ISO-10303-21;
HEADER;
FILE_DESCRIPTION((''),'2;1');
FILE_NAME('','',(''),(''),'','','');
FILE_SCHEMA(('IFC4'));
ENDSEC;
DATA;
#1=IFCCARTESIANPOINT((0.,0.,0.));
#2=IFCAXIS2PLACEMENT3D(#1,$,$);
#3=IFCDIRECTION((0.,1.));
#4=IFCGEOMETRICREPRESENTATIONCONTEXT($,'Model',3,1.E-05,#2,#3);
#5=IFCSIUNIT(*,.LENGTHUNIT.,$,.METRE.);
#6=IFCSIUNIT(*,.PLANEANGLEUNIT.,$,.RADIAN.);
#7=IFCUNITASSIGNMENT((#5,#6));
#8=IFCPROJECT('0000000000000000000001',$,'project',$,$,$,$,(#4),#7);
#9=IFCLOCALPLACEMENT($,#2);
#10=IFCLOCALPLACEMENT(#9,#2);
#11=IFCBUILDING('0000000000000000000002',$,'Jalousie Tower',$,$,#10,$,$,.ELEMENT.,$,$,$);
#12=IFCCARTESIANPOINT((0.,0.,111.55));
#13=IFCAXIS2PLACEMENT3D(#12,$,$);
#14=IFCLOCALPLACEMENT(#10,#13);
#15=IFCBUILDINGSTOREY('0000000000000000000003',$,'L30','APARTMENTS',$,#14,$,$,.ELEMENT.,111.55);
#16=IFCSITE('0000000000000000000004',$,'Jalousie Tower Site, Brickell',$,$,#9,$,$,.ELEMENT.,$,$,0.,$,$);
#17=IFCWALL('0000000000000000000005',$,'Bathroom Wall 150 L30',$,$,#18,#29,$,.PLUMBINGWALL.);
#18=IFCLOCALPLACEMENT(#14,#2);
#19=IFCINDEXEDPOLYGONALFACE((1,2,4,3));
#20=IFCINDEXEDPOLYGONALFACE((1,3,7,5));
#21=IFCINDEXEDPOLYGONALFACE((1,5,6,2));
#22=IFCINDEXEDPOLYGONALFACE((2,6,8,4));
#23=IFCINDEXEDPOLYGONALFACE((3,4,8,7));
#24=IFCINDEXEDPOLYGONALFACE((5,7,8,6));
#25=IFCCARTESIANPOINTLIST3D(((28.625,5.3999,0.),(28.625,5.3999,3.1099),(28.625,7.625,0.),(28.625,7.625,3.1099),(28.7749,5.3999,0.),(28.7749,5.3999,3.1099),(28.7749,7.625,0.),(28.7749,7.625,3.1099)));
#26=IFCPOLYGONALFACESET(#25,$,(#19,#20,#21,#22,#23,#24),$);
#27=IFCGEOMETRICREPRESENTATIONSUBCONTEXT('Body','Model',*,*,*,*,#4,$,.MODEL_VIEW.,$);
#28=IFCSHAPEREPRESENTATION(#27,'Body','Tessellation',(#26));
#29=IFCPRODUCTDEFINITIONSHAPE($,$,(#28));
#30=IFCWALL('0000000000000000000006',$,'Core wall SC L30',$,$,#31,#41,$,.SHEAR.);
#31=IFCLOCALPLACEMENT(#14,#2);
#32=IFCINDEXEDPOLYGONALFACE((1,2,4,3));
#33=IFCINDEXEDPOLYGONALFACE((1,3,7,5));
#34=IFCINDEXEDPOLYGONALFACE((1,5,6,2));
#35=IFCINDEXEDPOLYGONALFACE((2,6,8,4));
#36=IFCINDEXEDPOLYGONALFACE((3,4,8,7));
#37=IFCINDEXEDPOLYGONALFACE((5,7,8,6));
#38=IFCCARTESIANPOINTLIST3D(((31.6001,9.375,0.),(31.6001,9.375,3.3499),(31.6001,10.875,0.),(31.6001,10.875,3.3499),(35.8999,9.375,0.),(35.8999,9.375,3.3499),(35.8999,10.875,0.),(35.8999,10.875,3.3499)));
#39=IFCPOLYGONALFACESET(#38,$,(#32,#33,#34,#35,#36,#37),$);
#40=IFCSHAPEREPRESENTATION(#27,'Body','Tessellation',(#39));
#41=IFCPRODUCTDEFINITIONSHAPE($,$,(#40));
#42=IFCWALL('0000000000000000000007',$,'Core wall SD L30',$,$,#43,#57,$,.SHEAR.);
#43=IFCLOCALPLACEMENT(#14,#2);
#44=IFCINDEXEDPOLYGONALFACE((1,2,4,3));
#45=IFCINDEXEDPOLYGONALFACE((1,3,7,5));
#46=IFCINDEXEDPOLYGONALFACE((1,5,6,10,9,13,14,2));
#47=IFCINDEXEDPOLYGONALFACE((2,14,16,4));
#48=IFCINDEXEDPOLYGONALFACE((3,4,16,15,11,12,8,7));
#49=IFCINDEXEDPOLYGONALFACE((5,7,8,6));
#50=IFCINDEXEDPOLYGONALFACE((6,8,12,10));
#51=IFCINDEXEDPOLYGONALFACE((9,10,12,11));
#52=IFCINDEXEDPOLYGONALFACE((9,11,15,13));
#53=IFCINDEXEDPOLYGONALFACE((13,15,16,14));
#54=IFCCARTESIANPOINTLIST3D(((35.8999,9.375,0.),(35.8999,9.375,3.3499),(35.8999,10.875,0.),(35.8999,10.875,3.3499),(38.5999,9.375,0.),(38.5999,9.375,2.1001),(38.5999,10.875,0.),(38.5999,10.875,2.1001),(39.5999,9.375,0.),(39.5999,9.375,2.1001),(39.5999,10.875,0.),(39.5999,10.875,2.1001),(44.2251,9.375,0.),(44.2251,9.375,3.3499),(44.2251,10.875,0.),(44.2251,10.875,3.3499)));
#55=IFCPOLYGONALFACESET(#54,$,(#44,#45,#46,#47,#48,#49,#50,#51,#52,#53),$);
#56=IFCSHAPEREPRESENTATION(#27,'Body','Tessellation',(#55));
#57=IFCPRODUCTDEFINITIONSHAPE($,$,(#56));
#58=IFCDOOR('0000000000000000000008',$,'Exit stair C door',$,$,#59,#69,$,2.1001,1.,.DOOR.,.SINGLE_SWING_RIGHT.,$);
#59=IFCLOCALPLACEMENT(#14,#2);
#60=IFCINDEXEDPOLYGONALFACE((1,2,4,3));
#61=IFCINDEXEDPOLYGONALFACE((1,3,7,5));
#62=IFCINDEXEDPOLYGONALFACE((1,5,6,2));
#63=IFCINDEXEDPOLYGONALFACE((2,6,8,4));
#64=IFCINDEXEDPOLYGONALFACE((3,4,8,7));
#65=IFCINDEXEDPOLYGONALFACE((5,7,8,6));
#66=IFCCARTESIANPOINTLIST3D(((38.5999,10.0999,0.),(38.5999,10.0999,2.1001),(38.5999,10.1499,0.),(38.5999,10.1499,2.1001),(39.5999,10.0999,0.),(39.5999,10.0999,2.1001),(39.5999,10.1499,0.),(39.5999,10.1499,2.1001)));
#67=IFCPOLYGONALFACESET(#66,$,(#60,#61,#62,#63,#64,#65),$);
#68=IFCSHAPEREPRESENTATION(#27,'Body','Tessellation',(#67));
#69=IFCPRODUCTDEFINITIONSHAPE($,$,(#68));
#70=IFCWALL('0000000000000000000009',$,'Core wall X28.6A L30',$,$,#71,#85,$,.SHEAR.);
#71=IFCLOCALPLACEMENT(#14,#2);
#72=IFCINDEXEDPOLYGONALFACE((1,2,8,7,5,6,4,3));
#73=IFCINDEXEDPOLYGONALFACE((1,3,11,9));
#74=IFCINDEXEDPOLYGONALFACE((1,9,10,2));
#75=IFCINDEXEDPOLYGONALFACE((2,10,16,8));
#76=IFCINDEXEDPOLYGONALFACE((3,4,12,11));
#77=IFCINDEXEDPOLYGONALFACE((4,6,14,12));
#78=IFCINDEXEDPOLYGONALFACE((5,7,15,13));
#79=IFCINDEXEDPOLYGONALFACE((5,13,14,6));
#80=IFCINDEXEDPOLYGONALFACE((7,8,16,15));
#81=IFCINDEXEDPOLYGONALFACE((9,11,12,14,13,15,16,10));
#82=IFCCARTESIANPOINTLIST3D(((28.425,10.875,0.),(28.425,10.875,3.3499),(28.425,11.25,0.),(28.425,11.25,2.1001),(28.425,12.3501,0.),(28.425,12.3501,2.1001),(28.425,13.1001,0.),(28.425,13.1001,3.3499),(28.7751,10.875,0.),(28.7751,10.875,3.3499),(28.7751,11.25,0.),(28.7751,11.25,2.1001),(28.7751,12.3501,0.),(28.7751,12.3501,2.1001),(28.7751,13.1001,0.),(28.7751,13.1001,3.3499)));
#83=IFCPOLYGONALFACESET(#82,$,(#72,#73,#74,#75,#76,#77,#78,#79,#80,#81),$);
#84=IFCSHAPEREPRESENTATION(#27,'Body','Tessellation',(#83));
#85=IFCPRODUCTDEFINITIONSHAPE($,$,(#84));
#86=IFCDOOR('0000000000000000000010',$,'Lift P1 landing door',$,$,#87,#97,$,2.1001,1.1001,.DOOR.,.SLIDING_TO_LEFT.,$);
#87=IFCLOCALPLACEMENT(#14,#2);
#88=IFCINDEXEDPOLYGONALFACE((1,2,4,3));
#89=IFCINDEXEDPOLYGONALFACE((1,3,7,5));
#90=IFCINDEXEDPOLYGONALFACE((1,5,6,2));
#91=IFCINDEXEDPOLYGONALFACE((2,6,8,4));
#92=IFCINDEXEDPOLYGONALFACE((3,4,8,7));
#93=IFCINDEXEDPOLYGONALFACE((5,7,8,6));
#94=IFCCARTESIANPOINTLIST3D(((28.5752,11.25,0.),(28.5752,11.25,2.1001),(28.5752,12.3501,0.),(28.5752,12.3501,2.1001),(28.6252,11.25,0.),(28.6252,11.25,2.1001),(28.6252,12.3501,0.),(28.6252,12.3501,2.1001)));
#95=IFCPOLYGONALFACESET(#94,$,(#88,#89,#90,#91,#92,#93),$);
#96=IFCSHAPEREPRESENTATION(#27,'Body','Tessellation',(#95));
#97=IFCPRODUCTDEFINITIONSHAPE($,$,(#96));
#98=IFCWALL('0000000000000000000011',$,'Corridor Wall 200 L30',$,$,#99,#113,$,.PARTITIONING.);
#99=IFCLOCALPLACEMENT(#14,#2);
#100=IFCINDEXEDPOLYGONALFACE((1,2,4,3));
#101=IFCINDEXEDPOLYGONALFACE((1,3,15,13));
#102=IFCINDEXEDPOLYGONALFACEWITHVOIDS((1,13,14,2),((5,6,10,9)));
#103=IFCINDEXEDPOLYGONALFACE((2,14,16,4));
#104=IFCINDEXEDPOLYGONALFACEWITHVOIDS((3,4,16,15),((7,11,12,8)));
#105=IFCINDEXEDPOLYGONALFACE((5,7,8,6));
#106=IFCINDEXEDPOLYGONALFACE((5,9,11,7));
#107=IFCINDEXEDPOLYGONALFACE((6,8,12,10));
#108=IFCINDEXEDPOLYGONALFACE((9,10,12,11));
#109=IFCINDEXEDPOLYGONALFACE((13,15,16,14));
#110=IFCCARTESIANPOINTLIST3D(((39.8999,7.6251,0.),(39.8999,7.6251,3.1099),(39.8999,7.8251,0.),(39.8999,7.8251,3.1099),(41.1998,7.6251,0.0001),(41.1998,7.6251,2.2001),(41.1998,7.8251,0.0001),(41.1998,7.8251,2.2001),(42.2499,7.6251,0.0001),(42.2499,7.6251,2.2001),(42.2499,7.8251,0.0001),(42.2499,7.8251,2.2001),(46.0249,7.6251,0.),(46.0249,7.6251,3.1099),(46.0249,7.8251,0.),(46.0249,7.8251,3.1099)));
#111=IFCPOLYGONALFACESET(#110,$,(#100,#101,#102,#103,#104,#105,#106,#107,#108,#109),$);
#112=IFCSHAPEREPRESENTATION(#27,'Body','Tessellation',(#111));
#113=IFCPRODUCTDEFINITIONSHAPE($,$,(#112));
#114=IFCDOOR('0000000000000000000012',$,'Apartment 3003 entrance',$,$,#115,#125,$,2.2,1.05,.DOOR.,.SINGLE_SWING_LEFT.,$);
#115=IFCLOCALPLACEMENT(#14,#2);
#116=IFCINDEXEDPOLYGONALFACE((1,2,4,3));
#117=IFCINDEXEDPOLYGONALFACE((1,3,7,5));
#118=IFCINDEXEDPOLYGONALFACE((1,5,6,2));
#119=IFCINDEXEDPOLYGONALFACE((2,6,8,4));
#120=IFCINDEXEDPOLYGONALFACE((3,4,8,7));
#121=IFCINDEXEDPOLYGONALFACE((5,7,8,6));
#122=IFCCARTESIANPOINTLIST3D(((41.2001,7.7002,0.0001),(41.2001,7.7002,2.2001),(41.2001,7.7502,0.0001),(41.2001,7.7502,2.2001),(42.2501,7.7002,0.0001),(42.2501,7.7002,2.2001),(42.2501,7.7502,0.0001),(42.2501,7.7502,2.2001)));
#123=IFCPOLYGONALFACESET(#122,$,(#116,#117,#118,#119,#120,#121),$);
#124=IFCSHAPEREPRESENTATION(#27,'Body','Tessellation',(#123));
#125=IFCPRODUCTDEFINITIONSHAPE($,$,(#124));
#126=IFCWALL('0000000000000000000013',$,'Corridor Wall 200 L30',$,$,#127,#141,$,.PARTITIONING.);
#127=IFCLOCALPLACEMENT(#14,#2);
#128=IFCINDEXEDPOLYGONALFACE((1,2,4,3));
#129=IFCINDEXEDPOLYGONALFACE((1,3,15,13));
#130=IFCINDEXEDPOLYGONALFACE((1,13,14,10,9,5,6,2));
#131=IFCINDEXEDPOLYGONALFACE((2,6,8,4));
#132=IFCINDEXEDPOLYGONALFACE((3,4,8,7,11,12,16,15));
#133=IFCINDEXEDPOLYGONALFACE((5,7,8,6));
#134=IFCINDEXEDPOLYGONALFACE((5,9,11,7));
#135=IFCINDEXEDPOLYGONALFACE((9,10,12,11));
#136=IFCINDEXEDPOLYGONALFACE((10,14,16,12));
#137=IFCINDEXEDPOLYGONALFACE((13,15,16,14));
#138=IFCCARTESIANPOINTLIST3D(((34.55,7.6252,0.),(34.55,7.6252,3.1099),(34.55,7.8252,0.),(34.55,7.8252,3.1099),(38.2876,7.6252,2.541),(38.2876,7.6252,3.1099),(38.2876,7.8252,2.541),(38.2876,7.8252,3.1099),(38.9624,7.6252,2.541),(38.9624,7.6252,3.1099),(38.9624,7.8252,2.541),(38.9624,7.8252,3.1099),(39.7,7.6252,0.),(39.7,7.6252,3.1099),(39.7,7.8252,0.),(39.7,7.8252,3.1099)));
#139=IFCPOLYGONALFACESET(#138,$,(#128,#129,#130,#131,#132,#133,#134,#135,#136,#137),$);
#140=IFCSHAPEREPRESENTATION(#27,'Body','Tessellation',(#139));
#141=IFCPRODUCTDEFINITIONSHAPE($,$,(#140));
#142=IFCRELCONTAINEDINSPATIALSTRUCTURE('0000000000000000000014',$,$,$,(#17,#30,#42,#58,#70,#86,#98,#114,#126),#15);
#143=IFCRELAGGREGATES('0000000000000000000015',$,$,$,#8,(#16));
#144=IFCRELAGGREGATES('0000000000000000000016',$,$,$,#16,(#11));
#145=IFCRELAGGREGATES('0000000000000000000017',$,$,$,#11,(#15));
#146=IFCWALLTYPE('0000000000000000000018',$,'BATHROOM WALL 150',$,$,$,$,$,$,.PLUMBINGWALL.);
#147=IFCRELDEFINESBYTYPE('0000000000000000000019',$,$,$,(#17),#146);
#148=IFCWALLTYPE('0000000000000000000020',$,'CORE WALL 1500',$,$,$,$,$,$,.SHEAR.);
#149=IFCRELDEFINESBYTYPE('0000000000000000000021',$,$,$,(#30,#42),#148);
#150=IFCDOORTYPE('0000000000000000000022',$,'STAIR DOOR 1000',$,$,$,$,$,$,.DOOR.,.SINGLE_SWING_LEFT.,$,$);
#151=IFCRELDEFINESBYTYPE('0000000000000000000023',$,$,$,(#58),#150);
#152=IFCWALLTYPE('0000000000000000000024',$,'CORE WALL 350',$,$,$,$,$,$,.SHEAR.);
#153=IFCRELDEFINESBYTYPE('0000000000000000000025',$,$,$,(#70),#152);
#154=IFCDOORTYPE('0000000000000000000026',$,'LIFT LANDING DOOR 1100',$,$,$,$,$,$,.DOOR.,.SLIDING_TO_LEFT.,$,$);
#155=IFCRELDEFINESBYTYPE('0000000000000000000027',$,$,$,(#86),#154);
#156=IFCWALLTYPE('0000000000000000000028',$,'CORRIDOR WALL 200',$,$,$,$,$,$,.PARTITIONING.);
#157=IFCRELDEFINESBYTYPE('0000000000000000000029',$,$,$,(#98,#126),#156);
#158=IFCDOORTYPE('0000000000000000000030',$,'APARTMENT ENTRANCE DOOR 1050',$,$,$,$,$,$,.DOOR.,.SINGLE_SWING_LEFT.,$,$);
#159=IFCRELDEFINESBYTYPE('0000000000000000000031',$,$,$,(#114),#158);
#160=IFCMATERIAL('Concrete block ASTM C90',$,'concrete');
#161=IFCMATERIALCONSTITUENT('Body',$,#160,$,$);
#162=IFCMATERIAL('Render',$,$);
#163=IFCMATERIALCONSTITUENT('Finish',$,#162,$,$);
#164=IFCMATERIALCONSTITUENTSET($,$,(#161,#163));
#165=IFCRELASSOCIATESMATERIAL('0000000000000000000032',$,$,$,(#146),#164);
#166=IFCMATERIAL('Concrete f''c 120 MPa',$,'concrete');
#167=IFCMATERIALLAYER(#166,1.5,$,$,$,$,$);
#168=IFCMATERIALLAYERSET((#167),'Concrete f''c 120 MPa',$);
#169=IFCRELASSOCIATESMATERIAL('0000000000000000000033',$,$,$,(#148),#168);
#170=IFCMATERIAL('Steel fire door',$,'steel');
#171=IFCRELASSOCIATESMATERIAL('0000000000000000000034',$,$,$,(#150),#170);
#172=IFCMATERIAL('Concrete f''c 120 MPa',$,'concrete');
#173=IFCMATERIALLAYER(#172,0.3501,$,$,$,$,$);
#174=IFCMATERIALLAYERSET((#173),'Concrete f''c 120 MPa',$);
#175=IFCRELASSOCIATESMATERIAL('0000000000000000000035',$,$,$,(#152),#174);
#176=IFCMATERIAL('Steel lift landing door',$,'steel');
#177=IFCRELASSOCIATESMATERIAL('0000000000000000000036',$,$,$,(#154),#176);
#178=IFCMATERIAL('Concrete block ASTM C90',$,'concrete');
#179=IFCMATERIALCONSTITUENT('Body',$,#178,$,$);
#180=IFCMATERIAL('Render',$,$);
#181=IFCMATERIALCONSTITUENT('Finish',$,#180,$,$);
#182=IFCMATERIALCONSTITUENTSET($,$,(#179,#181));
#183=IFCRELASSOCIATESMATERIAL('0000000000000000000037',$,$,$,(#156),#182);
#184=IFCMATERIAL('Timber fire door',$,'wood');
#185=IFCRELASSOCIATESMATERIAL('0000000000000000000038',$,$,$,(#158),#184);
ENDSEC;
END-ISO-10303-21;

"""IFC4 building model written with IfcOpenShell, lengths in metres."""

from ifc_helpers import new_model, si_unit, direction, frame, frame_2d, origin, place, context, subcontext, project, spatial, polyline, rectangle, outline, extrude, material, layer, layer_set, constituent, constituent_set, type_object, element, fill, save


model = new_model("IFC4")

# Units and contexts
model_context = context("Model", 3, precision=1e-05, world=origin(), true_north=direction((0.0, 1.0)))
body_context = subcontext(model_context, "Body", "Model", "MODEL_VIEW")
ifc_project = project(units=[si_unit("LENGTHUNIT", "METRE"), si_unit("PLANEANGLEUNIT", "RADIAN")], contexts=[model_context])

# Site, building, storey
site_placement = place(None, origin())
site = spatial("IfcSite", under=ifc_project, at=site_placement, Name="Jalousie Tower Site, Brickell", CompositionType="ELEMENT", RefElevation=0.0)
building_placement = place(site_placement, origin())
building = spatial("IfcBuilding", under=site, at=building_placement, Name="Jalousie Tower", CompositionType="ELEMENT")
storey_placement = place(building_placement, frame((0.0, 0.0, 111.55)))
storey = spatial("IfcBuildingStorey", under=building, at=storey_placement, Name="L30", Description="APARTMENTS", CompositionType="ELEMENT", Elevation=111.55)

# Walls
ifc_material_1 = material(Name="Concrete block ASTM C90", Category="concrete")
ifc_constituent_1 = constituent(ifc_material_1, Name="Body")
ifc_material_2 = material(Name="Render")
ifc_constituent_2 = constituent(ifc_material_2, Name="Finish")
ifc_constituent_set_1 = constituent_set(constituents=[ifc_constituent_1, ifc_constituent_2])
wall_type_1 = type_object("IfcWallType", Name="BATHROOM WALL 150", PredefinedType="PLUMBINGWALL", material=ifc_constituent_set_1)
wall_1_placement = place(storey_placement, frame((28.7, 5.3999, 0.0), z_axis=(0.0, 0.0, 1.0), x_axis=(0.0, 1.0, 0.0)))
element("IfcWall", 1, at=wall_1_placement, inside=storey, type_object=wall_type_1, Name="Bathroom Wall 150 L30", PredefinedType="PLUMBINGWALL", context=body_context, shape_type="SweptSolid", body=[
    extrude(rectangle(XDim=2.2251, YDim=0.1499, at=frame_2d((1.1125, 0.0))), origin(), (0.0, 0.0, 1.0), 3.1099),
])
ifc_material_3 = material(Name="Concrete f'c 120 MPa", Category="concrete")
ifc_layer_1 = layer(ifc_material_3, 1.5)
ifc_layer_set_1 = layer_set([ifc_layer_1], Name="Concrete f'c 120 MPa")
wall_type_2 = type_object("IfcWallType", Name="CORE WALL 1500", PredefinedType="SHEAR", material=ifc_layer_set_1)
wall_2_placement = place(storey_placement, frame((31.6001, 10.125, 0.0), z_axis=(0.0, 0.0, 1.0), x_axis=(1.0, 0.0, 0.0)))
element("IfcWall", 2, at=wall_2_placement, inside=storey, type_object=wall_type_2, Name="Core wall SC L30", PredefinedType="SHEAR", context=body_context, shape_type="SweptSolid", body=[
    extrude(rectangle(XDim=4.2998, YDim=1.5, at=frame_2d((2.1499, 0.0))), origin(), (0.0, 0.0, 1.0), 3.3499),
])

# Walls, openings, doors
wall_3_placement = place(storey_placement, frame((35.8999, 10.125, 0.0), z_axis=(0.0, 0.0, 1.0), x_axis=(1.0, 0.0, 0.0)))
wall_3 = element("IfcWall", 3, at=wall_3_placement, inside=storey, type_object=wall_type_2, Name="Core wall SD L30", PredefinedType="SHEAR", context=body_context, shape_type="SweptSolid", body=[
    extrude(rectangle(XDim=8.3252, YDim=1.5, at=frame_2d((4.1626, 0.0))), origin(), (0.0, 0.0, 1.0), 3.3499),
])
opening_1_placement = place(wall_3_placement, frame((2.7, 0.0, 0.0)))
opening_1 = element("IfcOpeningElement", 4, at=opening_1_placement, cuts=wall_3, PredefinedType="OPENING", context=body_context, shape_type="SweptSolid", body=[
    extrude(rectangle(XDim=1.0, YDim=2.1001, at=frame_2d((0.5, 1.05))), frame((0.0, 0.76, 0.0), z_axis=(0.0, -1.0, 0.0), x_axis=(1.0, 0.0, 0.0)), (0.0, 0.0, 1.0), 1.52),
])
ifc_material_4 = material(Name="Steel fire door", Category="steel")
door_type_1 = type_object("IfcDoorType", Name="STAIR DOOR 1000", OperationType="SINGLE_SWING_LEFT", PredefinedType="DOOR", material=ifc_material_4)
door_1_placement = place(opening_1_placement, origin())
door_1 = element("IfcDoor", 5, at=door_1_placement, inside=storey, type_object=door_type_1, Name="Exit stair C door", OperationType="SINGLE_SWING_RIGHT", OverallHeight=2.1001, OverallWidth=1.0, PredefinedType="DOOR", context=body_context, shape_type="SweptSolid", body=[
    extrude(rectangle(XDim=1.0, YDim=2.1001, at=frame_2d((0.5, 1.05))), frame((0.0, 0.0249, 0.0), z_axis=(0.0, -1.0, 0.0), x_axis=(1.0, 0.0, 0.0)), (0.0, 0.0, 1.0), 0.05),
])
fill(opening_1, door_1)
ifc_material_5 = material(Name="Concrete f'c 120 MPa", Category="concrete")
ifc_layer_2 = layer(ifc_material_5, 0.3501)
ifc_layer_set_2 = layer_set([ifc_layer_2], Name="Concrete f'c 120 MPa")
wall_type_3 = type_object("IfcWallType", Name="CORE WALL 350", PredefinedType="SHEAR", material=ifc_layer_set_2)
wall_4_placement = place(storey_placement, frame((28.6001, 10.875, 0.0), z_axis=(0.0, 0.0, 1.0), x_axis=(0.0, 1.0, 0.0)))
wall_4 = element("IfcWall", 6, at=wall_4_placement, inside=storey, type_object=wall_type_3, Name="Core wall X28.6A L30", PredefinedType="SHEAR", context=body_context, shape_type="SweptSolid", body=[
    extrude(rectangle(XDim=2.2251, YDim=0.3501, at=frame_2d((1.1125, 0.0))), origin(), (0.0, 0.0, 1.0), 3.3499),
])
opening_2_placement = place(wall_4_placement, frame((0.375, 0.0, 0.0)))
opening_2 = element("IfcOpeningElement", 7, at=opening_2_placement, cuts=wall_4, PredefinedType="OPENING", context=body_context, shape_type="SweptSolid", body=[
    extrude(rectangle(XDim=1.1001, YDim=2.1001, at=frame_2d((0.55, 1.05))), frame((0.0, 0.1851, 0.0), z_axis=(0.0, -1.0, 0.0), x_axis=(1.0, 0.0, 0.0)), (0.0, 0.0, 1.0), 0.3701),
])
ifc_material_6 = material(Name="Steel lift landing door", Category="steel")
door_type_2 = type_object("IfcDoorType", Name="LIFT LANDING DOOR 1100", OperationType="SLIDING_TO_LEFT", PredefinedType="DOOR", material=ifc_material_6)
door_2_placement = place(opening_2_placement, origin())
door_2 = element("IfcDoor", 8, at=door_2_placement, inside=storey, type_object=door_type_2, Name="Lift P1 landing door", OperationType="SLIDING_TO_LEFT", OverallHeight=2.1001, OverallWidth=1.1001, PredefinedType="DOOR", context=body_context, shape_type="SweptSolid", body=[
    extrude(rectangle(XDim=1.1001, YDim=2.1001, at=frame_2d((0.55, 1.05))), frame((0.0, 0.0249, 0.0), z_axis=(0.0, -1.0, 0.0), x_axis=(1.0, 0.0, 0.0)), (0.0, 0.0, 1.0), 0.05),
])
fill(opening_2, door_2)
ifc_material_7 = material(Name="Concrete block ASTM C90", Category="concrete")
ifc_constituent_3 = constituent(ifc_material_7, Name="Body")
ifc_material_8 = material(Name="Render")
ifc_constituent_4 = constituent(ifc_material_8, Name="Finish")
ifc_constituent_set_2 = constituent_set(constituents=[ifc_constituent_3, ifc_constituent_4])
wall_type_4 = type_object("IfcWallType", Name="CORRIDOR WALL 200", PredefinedType="PARTITIONING", material=ifc_constituent_set_2)
wall_5_placement = place(storey_placement, frame((39.8999, 7.7251, 0.0), z_axis=(0.0, 0.0, 1.0), x_axis=(1.0, 0.0, 0.0)))
wall_5 = element("IfcWall", 9, at=wall_5_placement, inside=storey, type_object=wall_type_4, Name="Corridor Wall 200 L30", PredefinedType="PARTITIONING", context=body_context, shape_type="SweptSolid", body=[
    extrude(rectangle(XDim=6.125, YDim=0.2, at=frame_2d((3.0625, 0.0))), origin(), (0.0, 0.0, 1.0), 3.1099),
])
opening_3_placement = place(wall_5_placement, frame((1.3, 0.0, 0.0)))
opening_3 = element("IfcOpeningElement", 10, at=opening_3_placement, cuts=wall_5, PredefinedType="OPENING", context=body_context, shape_type="SweptSolid", body=[
    extrude(rectangle(XDim=1.05, YDim=2.2, at=frame_2d((0.5249, 1.1001))), frame((0.0, 0.1099, 0.0), z_axis=(0.0, -1.0, 0.0), x_axis=(1.0, 0.0, 0.0)), (0.0, 0.0, 1.0), 0.22),
])
ifc_material_9 = material(Name="Timber fire door", Category="wood")
door_type_3 = type_object("IfcDoorType", Name="APARTMENT ENTRANCE DOOR 1050", OperationType="SINGLE_SWING_LEFT", PredefinedType="DOOR", material=ifc_material_9)
door_3_placement = place(opening_3_placement, frame((1.05, 0.0, 0.0), z_axis=(0.0, 0.0, 1.0), x_axis=(-1.0, 0.0, 0.0)))
door_3 = element("IfcDoor", 11, at=door_3_placement, inside=storey, type_object=door_type_3, Name="Apartment 3003 entrance", OperationType="SINGLE_SWING_LEFT", OverallHeight=2.2, OverallWidth=1.05, PredefinedType="DOOR", context=body_context, shape_type="SweptSolid", body=[
    extrude(rectangle(XDim=1.05, YDim=2.2, at=frame_2d((0.5249, 1.1001))), frame((0.0, 0.0249, 0.0), z_axis=(0.0, -1.0, 0.0), x_axis=(1.0, 0.0, 0.0)), (0.0, 0.0, 1.0), 0.05),
])
fill(opening_3, door_3)

# Wall
wall_6_placement = place(storey_placement, frame((34.55, 7.7251, 0.0), z_axis=(0.0, 0.0, 1.0), x_axis=(1.0, 0.0, 0.0)))
element("IfcWall", 12, at=wall_6_placement, inside=storey, type_object=wall_type_4, Name="Corridor Wall 200 L30", PredefinedType="PARTITIONING", context=body_context, shape_type="SweptSolid", body=[
    extrude(outline(polyline([(0.0, 0.0), (5.1499, 0.0), (5.1499, 3.1099), (4.4124, 3.1099), (4.4124, 2.541), (3.7375, 2.541), (3.7375, 3.1099), (0.0, 3.1099), (0.0, 0.0)])), frame((0.0, 0.1001, 0.0), z_axis=(0.0, -1.0, 0.0), x_axis=(1.0, 0.0, 0.0)), (0.0, 0.0, 1.0), 0.2),
])

save(model, "model.ifc")
